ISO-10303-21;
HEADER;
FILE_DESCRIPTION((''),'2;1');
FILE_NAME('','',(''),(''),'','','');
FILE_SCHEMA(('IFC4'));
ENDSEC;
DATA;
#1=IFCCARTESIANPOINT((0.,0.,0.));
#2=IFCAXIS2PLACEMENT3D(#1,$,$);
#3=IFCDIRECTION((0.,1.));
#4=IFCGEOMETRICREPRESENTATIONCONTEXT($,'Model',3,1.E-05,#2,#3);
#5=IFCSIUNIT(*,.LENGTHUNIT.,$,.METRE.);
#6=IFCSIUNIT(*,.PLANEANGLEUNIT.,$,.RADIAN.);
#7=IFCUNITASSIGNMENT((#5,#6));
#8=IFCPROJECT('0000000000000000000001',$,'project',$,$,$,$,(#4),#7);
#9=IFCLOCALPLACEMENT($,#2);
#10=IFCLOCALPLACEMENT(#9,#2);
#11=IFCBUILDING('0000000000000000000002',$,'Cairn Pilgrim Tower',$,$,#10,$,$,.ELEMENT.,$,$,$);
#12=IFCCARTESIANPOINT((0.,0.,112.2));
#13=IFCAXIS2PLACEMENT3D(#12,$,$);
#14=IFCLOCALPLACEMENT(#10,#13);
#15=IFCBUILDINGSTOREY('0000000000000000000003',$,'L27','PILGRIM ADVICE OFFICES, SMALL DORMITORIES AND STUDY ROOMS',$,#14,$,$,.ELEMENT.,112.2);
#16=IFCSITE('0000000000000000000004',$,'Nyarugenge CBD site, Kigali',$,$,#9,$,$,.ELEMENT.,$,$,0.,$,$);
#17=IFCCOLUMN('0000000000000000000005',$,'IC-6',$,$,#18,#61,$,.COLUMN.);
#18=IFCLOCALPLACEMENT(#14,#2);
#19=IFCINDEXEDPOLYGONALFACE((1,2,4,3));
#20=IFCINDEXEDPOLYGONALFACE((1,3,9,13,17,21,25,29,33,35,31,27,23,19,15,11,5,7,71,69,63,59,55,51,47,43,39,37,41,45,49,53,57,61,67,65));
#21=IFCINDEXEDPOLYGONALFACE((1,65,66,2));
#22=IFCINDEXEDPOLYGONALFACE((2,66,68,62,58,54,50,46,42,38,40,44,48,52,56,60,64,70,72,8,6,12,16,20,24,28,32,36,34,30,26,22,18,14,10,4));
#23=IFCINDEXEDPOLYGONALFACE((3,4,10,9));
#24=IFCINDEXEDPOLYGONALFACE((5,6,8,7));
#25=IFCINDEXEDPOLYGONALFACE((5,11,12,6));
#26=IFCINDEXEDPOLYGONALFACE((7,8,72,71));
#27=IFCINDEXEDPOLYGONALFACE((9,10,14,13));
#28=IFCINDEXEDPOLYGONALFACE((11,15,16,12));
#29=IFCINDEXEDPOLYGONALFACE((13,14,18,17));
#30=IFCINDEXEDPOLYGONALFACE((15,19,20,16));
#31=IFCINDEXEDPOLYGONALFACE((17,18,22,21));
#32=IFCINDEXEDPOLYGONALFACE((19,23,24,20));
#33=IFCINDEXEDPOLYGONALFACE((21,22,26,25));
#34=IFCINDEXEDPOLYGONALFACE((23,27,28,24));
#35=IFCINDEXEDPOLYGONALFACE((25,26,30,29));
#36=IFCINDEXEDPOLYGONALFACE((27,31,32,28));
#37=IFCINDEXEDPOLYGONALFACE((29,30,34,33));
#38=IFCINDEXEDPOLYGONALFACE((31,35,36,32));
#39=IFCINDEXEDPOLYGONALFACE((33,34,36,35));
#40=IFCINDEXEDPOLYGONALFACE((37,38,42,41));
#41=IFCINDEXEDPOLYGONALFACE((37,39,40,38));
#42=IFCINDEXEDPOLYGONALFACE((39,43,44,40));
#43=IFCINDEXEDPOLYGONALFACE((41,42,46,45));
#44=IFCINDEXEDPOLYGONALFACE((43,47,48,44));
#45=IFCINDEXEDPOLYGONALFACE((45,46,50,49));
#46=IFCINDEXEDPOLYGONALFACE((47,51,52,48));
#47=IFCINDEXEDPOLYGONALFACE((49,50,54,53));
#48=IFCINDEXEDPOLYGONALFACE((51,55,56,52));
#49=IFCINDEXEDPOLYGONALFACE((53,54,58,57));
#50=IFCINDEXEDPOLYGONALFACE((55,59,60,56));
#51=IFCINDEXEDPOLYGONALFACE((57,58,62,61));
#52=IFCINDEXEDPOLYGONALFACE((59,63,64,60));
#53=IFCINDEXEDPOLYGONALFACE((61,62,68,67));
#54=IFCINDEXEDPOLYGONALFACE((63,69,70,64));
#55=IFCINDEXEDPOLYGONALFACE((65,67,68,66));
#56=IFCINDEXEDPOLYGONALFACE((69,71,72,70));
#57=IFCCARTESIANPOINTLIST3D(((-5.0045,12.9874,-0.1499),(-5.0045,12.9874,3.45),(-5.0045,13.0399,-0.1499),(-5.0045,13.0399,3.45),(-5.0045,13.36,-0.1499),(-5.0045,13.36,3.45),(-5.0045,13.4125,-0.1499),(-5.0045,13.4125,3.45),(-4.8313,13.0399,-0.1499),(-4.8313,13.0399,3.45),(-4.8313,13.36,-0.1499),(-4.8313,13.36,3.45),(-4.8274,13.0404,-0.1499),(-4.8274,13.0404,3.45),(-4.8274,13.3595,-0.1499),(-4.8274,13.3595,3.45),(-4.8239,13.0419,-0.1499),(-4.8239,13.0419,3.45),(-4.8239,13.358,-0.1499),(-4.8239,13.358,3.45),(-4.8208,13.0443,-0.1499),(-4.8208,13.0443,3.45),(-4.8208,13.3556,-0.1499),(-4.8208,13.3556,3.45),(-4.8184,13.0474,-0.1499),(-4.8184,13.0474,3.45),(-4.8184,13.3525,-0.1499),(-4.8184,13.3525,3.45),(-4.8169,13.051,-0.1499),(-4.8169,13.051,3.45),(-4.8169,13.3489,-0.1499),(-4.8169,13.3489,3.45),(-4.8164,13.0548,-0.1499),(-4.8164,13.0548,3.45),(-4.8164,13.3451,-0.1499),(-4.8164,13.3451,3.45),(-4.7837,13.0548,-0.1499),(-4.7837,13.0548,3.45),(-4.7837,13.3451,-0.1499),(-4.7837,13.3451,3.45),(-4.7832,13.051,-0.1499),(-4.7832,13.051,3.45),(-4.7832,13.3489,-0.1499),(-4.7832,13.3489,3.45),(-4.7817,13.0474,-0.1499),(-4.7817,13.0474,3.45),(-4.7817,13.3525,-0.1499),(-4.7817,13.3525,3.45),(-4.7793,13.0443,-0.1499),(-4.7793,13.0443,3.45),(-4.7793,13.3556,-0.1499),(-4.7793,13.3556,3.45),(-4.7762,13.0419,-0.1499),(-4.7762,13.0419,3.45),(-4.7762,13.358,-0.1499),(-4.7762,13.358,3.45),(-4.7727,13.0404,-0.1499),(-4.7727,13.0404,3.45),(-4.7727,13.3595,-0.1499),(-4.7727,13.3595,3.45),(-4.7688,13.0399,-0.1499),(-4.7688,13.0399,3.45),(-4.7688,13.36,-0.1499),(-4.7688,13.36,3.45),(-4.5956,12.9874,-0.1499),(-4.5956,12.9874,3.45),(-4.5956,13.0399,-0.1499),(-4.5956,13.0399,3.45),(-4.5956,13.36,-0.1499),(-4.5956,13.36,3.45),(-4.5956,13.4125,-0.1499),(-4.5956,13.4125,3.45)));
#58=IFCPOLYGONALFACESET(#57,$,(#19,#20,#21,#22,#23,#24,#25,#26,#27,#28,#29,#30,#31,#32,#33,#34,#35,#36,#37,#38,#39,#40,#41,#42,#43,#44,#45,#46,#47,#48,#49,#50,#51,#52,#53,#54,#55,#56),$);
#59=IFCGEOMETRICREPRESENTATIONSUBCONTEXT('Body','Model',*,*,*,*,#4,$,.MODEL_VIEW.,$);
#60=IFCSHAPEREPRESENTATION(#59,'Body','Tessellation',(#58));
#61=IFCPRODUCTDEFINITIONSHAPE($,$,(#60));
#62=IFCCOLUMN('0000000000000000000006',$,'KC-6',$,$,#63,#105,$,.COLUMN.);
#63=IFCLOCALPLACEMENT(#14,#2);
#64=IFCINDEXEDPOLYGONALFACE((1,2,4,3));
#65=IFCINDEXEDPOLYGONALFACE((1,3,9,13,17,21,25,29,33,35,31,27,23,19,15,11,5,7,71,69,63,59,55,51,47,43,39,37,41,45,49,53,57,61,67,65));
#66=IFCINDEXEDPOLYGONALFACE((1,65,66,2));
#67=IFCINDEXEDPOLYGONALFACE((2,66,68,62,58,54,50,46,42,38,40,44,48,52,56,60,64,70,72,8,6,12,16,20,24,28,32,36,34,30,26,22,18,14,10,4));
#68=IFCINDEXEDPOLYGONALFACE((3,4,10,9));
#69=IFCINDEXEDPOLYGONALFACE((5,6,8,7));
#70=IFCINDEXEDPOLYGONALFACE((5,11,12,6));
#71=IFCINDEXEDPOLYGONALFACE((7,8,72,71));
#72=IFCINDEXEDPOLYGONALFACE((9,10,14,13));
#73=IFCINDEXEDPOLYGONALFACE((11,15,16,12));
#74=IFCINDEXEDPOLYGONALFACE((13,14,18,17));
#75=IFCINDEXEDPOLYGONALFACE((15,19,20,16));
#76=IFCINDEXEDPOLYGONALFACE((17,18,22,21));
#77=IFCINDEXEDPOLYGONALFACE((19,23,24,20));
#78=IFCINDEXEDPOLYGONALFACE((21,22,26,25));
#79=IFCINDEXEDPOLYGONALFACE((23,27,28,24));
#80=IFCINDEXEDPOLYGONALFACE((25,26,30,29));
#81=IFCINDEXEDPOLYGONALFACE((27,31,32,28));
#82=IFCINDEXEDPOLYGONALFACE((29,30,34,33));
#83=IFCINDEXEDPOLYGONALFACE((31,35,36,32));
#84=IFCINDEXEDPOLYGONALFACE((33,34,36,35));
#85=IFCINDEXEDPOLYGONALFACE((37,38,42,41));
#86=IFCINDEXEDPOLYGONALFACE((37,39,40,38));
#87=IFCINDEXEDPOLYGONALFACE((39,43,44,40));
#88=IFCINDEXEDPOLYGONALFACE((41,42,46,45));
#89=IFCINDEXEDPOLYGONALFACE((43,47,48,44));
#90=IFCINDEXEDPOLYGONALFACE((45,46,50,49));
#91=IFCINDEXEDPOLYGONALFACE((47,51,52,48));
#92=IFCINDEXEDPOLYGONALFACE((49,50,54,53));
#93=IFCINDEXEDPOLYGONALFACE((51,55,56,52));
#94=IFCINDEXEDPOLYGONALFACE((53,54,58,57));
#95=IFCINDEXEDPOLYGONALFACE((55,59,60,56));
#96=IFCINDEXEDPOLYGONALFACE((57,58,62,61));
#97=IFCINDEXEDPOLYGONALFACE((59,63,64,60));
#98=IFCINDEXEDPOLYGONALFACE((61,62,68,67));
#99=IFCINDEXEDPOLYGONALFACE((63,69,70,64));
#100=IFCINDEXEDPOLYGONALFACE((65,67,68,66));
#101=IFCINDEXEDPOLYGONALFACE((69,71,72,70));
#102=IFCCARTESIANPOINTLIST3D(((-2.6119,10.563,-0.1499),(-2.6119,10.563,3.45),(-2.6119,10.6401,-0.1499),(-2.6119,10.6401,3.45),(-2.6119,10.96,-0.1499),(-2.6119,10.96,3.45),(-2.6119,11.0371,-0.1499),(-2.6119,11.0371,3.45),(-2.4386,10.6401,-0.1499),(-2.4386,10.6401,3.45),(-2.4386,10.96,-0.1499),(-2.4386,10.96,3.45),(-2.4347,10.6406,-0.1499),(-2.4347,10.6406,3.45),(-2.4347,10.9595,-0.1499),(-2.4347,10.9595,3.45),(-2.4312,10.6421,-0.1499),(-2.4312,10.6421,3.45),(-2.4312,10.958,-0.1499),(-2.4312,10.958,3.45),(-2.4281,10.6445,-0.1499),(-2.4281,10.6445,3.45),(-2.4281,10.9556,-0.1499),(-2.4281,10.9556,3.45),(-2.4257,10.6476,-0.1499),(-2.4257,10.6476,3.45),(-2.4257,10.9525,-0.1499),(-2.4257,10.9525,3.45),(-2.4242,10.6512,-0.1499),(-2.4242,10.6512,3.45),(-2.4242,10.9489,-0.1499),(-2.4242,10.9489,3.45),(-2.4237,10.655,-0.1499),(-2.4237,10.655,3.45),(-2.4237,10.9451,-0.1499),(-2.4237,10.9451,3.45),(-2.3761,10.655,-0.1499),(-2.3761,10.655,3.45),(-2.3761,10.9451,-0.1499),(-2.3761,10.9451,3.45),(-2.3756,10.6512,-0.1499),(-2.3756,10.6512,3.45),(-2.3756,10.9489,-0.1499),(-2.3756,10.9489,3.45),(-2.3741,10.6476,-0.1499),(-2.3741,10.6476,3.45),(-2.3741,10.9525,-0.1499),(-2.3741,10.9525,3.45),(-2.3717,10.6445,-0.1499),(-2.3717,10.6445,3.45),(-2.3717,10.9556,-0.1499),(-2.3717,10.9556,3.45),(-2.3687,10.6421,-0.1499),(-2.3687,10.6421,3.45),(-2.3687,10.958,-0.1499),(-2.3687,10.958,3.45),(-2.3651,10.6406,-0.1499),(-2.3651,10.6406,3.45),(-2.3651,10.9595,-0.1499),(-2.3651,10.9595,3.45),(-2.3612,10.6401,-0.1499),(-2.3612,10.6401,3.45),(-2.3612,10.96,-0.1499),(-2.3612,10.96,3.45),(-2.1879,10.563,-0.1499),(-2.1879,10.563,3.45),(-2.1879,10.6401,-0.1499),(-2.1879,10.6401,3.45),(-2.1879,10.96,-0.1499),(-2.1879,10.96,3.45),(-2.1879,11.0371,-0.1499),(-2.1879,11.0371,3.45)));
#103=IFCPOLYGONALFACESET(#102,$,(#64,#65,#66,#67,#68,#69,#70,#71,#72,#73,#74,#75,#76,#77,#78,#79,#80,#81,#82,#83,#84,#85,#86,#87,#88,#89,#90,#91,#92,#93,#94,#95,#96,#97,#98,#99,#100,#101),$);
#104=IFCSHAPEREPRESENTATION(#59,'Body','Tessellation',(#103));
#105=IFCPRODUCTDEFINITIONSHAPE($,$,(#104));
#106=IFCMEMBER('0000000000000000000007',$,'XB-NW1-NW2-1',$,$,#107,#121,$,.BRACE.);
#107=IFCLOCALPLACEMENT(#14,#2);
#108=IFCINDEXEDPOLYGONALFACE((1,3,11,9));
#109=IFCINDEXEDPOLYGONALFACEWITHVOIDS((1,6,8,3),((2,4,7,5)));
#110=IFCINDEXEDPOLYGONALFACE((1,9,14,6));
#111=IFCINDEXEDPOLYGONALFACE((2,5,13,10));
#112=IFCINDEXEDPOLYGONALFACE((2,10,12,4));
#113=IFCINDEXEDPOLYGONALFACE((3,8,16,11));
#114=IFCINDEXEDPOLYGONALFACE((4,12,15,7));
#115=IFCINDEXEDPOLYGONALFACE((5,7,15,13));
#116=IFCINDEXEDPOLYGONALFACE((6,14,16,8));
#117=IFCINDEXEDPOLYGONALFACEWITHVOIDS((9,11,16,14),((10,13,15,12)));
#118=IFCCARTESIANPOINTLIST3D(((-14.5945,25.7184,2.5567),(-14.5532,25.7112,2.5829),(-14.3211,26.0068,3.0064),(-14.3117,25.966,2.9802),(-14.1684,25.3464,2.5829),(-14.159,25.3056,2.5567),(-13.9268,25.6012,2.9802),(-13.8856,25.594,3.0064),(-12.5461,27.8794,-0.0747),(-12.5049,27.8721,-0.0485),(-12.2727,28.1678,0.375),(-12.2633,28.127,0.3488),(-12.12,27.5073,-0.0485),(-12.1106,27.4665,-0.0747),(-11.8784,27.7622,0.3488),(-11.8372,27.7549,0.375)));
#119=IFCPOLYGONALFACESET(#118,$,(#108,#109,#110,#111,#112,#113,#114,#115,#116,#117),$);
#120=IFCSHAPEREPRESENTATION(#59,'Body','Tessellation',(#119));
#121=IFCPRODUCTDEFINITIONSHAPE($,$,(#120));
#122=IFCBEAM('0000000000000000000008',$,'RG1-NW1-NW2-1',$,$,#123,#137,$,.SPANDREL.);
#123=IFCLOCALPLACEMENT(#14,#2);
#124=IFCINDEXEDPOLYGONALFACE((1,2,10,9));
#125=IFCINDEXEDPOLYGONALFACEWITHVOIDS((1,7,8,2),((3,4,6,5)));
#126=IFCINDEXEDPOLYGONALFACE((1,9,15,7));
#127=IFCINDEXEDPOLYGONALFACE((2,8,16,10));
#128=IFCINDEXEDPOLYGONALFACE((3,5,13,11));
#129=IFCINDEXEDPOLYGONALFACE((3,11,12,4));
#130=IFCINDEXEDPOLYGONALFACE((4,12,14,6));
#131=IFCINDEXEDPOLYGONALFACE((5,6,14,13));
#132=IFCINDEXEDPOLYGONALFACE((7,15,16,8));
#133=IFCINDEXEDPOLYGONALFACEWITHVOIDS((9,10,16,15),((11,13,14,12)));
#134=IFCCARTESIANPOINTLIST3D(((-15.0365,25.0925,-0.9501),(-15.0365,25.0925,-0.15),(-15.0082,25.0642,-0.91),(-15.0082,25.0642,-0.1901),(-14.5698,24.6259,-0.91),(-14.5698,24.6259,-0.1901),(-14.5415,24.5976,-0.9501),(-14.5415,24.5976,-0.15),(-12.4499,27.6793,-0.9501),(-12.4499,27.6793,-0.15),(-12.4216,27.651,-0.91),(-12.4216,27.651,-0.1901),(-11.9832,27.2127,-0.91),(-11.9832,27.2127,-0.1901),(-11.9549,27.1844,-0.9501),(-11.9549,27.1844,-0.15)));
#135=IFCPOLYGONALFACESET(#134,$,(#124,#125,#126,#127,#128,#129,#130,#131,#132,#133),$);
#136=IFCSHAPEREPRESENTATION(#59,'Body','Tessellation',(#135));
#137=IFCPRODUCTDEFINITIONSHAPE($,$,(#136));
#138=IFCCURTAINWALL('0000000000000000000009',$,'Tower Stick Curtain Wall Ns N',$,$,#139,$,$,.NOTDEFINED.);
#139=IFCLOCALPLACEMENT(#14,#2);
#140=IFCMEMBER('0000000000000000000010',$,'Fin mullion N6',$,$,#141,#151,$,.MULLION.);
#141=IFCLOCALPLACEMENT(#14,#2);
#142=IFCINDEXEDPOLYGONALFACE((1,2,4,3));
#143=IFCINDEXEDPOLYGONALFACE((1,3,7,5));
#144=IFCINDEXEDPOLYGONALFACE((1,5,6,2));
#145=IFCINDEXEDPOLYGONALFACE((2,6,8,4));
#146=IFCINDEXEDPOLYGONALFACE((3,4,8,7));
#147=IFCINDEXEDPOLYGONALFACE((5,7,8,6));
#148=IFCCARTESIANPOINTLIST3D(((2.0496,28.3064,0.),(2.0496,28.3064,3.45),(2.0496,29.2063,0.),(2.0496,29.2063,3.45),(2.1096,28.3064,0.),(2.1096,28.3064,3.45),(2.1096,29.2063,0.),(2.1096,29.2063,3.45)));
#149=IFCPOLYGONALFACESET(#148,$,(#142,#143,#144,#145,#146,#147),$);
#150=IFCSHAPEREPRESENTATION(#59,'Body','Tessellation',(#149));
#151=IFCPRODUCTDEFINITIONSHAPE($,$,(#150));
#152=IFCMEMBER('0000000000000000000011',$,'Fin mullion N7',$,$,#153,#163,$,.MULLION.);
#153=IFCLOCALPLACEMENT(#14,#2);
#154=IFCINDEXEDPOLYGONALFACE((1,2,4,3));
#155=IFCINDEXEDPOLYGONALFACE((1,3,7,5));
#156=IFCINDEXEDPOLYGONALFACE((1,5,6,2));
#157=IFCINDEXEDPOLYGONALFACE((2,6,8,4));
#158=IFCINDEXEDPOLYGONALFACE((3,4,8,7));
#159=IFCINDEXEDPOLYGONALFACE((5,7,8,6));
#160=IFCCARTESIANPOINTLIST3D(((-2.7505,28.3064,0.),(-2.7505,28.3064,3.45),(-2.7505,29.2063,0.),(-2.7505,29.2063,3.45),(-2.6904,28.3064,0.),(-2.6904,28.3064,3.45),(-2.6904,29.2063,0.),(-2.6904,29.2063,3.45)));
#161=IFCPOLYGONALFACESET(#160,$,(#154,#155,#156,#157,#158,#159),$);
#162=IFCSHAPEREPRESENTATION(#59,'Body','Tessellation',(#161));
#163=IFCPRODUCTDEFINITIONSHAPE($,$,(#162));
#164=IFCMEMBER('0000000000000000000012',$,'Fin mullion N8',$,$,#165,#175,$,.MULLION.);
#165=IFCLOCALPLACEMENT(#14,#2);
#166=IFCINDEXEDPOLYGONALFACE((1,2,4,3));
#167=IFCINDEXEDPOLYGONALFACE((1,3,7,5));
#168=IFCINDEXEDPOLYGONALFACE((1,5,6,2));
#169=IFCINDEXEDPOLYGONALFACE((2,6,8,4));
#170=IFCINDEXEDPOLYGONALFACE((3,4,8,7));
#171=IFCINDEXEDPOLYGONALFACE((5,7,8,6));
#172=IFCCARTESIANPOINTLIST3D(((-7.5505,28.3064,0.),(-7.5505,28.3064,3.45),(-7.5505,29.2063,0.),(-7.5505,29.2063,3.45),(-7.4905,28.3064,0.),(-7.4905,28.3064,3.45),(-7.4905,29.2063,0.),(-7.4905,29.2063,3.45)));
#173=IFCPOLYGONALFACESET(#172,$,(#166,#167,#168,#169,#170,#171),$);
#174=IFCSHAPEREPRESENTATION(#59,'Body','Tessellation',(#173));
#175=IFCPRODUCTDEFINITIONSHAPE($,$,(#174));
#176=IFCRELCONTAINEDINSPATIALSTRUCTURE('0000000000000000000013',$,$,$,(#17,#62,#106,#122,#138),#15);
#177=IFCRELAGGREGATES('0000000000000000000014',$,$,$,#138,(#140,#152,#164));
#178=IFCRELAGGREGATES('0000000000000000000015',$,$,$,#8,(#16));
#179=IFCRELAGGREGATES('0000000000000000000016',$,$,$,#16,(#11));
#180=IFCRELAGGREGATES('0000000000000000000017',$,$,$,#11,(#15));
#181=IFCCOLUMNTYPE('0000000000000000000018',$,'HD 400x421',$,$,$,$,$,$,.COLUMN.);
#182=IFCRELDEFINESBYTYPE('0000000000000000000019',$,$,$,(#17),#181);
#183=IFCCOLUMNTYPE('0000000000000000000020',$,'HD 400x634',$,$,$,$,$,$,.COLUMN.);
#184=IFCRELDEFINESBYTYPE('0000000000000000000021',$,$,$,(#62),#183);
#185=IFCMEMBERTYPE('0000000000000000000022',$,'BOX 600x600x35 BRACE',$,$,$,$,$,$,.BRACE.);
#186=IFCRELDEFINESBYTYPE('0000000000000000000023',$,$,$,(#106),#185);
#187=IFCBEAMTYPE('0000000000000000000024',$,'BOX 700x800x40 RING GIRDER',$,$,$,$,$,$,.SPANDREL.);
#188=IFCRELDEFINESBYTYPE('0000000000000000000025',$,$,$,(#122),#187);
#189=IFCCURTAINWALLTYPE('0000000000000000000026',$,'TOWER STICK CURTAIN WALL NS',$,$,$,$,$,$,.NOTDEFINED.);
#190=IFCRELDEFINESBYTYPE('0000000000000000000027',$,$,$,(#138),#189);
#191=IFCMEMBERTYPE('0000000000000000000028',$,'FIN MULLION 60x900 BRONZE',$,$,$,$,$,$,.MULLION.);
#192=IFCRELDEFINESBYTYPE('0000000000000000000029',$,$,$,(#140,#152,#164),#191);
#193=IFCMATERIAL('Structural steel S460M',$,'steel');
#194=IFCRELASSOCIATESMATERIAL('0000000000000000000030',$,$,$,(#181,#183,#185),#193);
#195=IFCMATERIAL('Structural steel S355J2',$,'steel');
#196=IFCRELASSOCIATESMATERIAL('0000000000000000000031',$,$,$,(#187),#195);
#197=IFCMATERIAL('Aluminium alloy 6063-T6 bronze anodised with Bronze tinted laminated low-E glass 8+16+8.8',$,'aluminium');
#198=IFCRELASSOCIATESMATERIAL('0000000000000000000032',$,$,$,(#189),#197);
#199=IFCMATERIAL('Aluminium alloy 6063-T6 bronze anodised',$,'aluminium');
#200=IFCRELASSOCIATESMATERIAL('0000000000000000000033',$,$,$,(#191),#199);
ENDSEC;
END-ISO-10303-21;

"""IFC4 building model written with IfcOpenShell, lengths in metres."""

from ifc_helpers import new_model, si_unit, direction, frame, origin, origin_2d, place, context, subcontext, project, spatial, rectangle, hollow_rectangle, i_section, extrude, material, material_profile, profile_set, type_object, element, aggregate, save


model = new_model("IFC4")

# Units and contexts
model_context = context("Model", 3, precision=1e-05, world=origin(), true_north=direction((0.0, 1.0)))
body_context = subcontext(model_context, "Body", "Model", "MODEL_VIEW")
ifc_project = project(units=[si_unit("LENGTHUNIT", "METRE"), si_unit("PLANEANGLEUNIT", "RADIAN")], contexts=[model_context])

# Site, building, storey
site_placement = place(None, origin())
site = spatial("IfcSite", under=ifc_project, at=site_placement, Name="Nyarugenge CBD site, Kigali", CompositionType="ELEMENT", RefElevation=0.0)
building_placement = place(site_placement, origin())
building = spatial("IfcBuilding", under=site, at=building_placement, Name="Cairn Pilgrim Tower", CompositionType="ELEMENT")
storey_placement = place(building_placement, frame((0.0, 0.0, 112.2)))
storey = spatial("IfcBuildingStorey", under=building, at=storey_placement, Name="L27", Description="PILGRIM ADVICE OFFICES, SMALL DORMITORIES AND STUDY ROOMS", CompositionType="ELEMENT", Elevation=112.2)

# Columns
ifc_material_1 = material(Name="Structural steel S460M", Category="steel")
ifc_material_profile_1 = material_profile(ifc_material_1, i_section(OverallWidth=0.4089, OverallDepth=0.425, WebThickness=0.0327, FlangeThickness=0.0525, FilletRadius=0.0149, at=origin_2d()), Name="HD 400x421")
ifc_profile_set_1 = profile_set([ifc_material_profile_1], Name="Structural steel S460M")
column_type_1 = type_object("IfcColumnType", Name="HD 400x421", PredefinedType="COLUMN", material=ifc_profile_set_1)
column_1_placement = place(storey_placement, frame((-4.8, 13.2, -0.1499), z_axis=(0.0, 0.0, 1.0), x_axis=(1.0, 0.0, 0.0)))
element("IfcColumn", 1, at=column_1_placement, inside=storey, type_object=column_type_1, Name="IC-6", PredefinedType="COLUMN", context=body_context, shape_type="SweptSolid", body=[
    extrude(i_section(OverallWidth=0.4089, OverallDepth=0.425, WebThickness=0.0327, FlangeThickness=0.0525, FilletRadius=0.0149, at=origin_2d()), origin(), (0.0, 0.0, 1.0), 3.5999),
])
ifc_material_profile_2 = material_profile(ifc_material_1, i_section(OverallWidth=0.4241, OverallDepth=0.4741, WebThickness=0.0476, FlangeThickness=0.0771, FilletRadius=0.0149, at=origin_2d()), Name="HD 400x634")
ifc_profile_set_2 = profile_set([ifc_material_profile_2], Name="Structural steel S460M")
column_type_2 = type_object("IfcColumnType", Name="HD 400x634", PredefinedType="COLUMN", material=ifc_profile_set_2)
column_2_placement = place(storey_placement, frame((-2.3999, 10.8, -0.1499), z_axis=(0.0, 0.0, 1.0), x_axis=(1.0, 0.0, 0.0)))
element("IfcColumn", 2, at=column_2_placement, inside=storey, type_object=column_type_2, Name="KC-6", PredefinedType="COLUMN", context=body_context, shape_type="SweptSolid", body=[
    extrude(i_section(OverallWidth=0.4241, OverallDepth=0.4741, WebThickness=0.0476, FlangeThickness=0.0771, FilletRadius=0.0149, at=origin_2d()), origin(), (0.0, 0.0, 1.0), 3.5999),
])

# Member
ifc_material_profile_3 = material_profile(ifc_material_1, hollow_rectangle(XDim=0.6001, YDim=0.6001, WallThickness=0.0349, at=origin_2d()), Name="BOX 600x600x35")
ifc_profile_set_3 = profile_set([ifc_material_profile_3], Name="Structural steel S460M")
member_type_1 = type_object("IfcMemberType", Name="BOX 600x600x35 BRACE", PredefinedType="BRACE", material=ifc_profile_set_3)
member_1_placement = place(storey_placement, frame((-12.1917, 27.8171, 0.1501), z_axis=(-0.515493, -0.543818, 0.662215), x_axis=(0.725754, -0.687954, 0.0)))
element("IfcMember", 3, at=member_1_placement, inside=storey, type_object=member_type_1, Name="XB-NW1-NW2-1", PredefinedType="BRACE", context=body_context, shape_type="SweptSolid", body=[
    extrude(hollow_rectangle(XDim=0.6001, YDim=0.6001, WallThickness=0.0349, at=origin_2d()), origin(), (0.0, 0.0, 1.0), 3.9736),
])

# Beam
ifc_material_2 = material(Name="Structural steel S355J2", Category="steel")
ifc_material_profile_4 = material_profile(ifc_material_2, hollow_rectangle(XDim=0.7, YDim=0.8, WallThickness=0.04, at=origin_2d()), Name="BOX 700x800x40")
ifc_profile_set_4 = profile_set([ifc_material_profile_4], Name="Structural steel S355J2")
beam_type_1 = type_object("IfcBeamType", Name="BOX 700x800x40 RING GIRDER", PredefinedType="SPANDREL", material=ifc_profile_set_4)
beam_1_placement = place(storey_placement, frame((-12.2024, 27.4319, -0.55), z_axis=(-0.707073, -0.70714, 0.0), x_axis=(0.70714, -0.707073, 0.0)))
element("IfcBeam", 4, at=beam_1_placement, inside=storey, type_object=beam_type_1, Name="RG1-NW1-NW2-1", PredefinedType="SPANDREL", context=body_context, shape_type="SweptSolid", body=[
    extrude(hollow_rectangle(XDim=0.7, YDim=0.8, WallThickness=0.04, at=origin_2d()), origin(), (0.0, 0.0, 1.0), 3.6582),
])

# Curtain wall, members
ifc_material_3 = material(Name="Aluminium alloy 6063-T6 bronze anodised with Bronze tinted laminated low-E glass 8+16+8.8", Category="aluminium")
curtain_wall_type = type_object("IfcCurtainWallType", Name="TOWER STICK CURTAIN WALL NS", PredefinedType="NOTDEFINED", material=ifc_material_3)
curtain_wall_placement = place(storey_placement, origin())
curtain_wall = element("IfcCurtainWall", 5, at=curtain_wall_placement, inside=storey, type_object=curtain_wall_type, Name="Tower Stick Curtain Wall Ns N", PredefinedType="NOTDEFINED")
ifc_material_4 = material(Name="Aluminium alloy 6063-T6 bronze anodised", Category="aluminium")
ifc_material_profile_5 = material_profile(ifc_material_4, rectangle(XDim=0.8999, YDim=0.0601, at=origin_2d()), Name="FIN MULLION 60x900 BRONZE")
ifc_profile_set_5 = profile_set([ifc_material_profile_5], Name="Aluminium alloy 6063-T6 bronze anodised")
member_type_2 = type_object("IfcMemberType", Name="FIN MULLION 60x900 BRONZE", PredefinedType="MULLION", material=ifc_profile_set_5)
member_2_placement = place(storey_placement, frame((2.0796, 28.7563, 0.0), z_axis=(0.0, 0.0, 1.0), x_axis=(0.0, 1.0, 0.0)))
member_2 = element("IfcMember", 6, at=member_2_placement, type_object=member_type_2, Name="Fin mullion N6", PredefinedType="MULLION", context=body_context, shape_type="SweptSolid", body=[
    extrude(rectangle(XDim=0.8999, YDim=0.0601, at=origin_2d()), origin(), (0.0, 0.0, 1.0), 3.45),
])
member_3_placement = place(storey_placement, frame((-2.7205, 28.7563, 0.0), z_axis=(0.0, 0.0, 1.0), x_axis=(0.0, 1.0, 0.0)))
member_3 = element("IfcMember", 7, at=member_3_placement, type_object=member_type_2, Name="Fin mullion N7", PredefinedType="MULLION", context=body_context, shape_type="SweptSolid", body=[
    extrude(rectangle(XDim=0.8999, YDim=0.0601, at=origin_2d()), origin(), (0.0, 0.0, 1.0), 3.45),
])
member_4_placement = place(storey_placement, frame((-7.5205, 28.7563, 0.0), z_axis=(0.0, 0.0, 1.0), x_axis=(0.0, 1.0, 0.0)))
member_4 = element("IfcMember", 8, at=member_4_placement, type_object=member_type_2, Name="Fin mullion N8", PredefinedType="MULLION", context=body_context, shape_type="SweptSolid", body=[
    extrude(rectangle(XDim=0.8999, YDim=0.0601, at=origin_2d()), origin(), (0.0, 0.0, 1.0), 3.45),
])

aggregate(curtain_wall, [member_2, member_3, member_4])

save(model, "model.ifc")
